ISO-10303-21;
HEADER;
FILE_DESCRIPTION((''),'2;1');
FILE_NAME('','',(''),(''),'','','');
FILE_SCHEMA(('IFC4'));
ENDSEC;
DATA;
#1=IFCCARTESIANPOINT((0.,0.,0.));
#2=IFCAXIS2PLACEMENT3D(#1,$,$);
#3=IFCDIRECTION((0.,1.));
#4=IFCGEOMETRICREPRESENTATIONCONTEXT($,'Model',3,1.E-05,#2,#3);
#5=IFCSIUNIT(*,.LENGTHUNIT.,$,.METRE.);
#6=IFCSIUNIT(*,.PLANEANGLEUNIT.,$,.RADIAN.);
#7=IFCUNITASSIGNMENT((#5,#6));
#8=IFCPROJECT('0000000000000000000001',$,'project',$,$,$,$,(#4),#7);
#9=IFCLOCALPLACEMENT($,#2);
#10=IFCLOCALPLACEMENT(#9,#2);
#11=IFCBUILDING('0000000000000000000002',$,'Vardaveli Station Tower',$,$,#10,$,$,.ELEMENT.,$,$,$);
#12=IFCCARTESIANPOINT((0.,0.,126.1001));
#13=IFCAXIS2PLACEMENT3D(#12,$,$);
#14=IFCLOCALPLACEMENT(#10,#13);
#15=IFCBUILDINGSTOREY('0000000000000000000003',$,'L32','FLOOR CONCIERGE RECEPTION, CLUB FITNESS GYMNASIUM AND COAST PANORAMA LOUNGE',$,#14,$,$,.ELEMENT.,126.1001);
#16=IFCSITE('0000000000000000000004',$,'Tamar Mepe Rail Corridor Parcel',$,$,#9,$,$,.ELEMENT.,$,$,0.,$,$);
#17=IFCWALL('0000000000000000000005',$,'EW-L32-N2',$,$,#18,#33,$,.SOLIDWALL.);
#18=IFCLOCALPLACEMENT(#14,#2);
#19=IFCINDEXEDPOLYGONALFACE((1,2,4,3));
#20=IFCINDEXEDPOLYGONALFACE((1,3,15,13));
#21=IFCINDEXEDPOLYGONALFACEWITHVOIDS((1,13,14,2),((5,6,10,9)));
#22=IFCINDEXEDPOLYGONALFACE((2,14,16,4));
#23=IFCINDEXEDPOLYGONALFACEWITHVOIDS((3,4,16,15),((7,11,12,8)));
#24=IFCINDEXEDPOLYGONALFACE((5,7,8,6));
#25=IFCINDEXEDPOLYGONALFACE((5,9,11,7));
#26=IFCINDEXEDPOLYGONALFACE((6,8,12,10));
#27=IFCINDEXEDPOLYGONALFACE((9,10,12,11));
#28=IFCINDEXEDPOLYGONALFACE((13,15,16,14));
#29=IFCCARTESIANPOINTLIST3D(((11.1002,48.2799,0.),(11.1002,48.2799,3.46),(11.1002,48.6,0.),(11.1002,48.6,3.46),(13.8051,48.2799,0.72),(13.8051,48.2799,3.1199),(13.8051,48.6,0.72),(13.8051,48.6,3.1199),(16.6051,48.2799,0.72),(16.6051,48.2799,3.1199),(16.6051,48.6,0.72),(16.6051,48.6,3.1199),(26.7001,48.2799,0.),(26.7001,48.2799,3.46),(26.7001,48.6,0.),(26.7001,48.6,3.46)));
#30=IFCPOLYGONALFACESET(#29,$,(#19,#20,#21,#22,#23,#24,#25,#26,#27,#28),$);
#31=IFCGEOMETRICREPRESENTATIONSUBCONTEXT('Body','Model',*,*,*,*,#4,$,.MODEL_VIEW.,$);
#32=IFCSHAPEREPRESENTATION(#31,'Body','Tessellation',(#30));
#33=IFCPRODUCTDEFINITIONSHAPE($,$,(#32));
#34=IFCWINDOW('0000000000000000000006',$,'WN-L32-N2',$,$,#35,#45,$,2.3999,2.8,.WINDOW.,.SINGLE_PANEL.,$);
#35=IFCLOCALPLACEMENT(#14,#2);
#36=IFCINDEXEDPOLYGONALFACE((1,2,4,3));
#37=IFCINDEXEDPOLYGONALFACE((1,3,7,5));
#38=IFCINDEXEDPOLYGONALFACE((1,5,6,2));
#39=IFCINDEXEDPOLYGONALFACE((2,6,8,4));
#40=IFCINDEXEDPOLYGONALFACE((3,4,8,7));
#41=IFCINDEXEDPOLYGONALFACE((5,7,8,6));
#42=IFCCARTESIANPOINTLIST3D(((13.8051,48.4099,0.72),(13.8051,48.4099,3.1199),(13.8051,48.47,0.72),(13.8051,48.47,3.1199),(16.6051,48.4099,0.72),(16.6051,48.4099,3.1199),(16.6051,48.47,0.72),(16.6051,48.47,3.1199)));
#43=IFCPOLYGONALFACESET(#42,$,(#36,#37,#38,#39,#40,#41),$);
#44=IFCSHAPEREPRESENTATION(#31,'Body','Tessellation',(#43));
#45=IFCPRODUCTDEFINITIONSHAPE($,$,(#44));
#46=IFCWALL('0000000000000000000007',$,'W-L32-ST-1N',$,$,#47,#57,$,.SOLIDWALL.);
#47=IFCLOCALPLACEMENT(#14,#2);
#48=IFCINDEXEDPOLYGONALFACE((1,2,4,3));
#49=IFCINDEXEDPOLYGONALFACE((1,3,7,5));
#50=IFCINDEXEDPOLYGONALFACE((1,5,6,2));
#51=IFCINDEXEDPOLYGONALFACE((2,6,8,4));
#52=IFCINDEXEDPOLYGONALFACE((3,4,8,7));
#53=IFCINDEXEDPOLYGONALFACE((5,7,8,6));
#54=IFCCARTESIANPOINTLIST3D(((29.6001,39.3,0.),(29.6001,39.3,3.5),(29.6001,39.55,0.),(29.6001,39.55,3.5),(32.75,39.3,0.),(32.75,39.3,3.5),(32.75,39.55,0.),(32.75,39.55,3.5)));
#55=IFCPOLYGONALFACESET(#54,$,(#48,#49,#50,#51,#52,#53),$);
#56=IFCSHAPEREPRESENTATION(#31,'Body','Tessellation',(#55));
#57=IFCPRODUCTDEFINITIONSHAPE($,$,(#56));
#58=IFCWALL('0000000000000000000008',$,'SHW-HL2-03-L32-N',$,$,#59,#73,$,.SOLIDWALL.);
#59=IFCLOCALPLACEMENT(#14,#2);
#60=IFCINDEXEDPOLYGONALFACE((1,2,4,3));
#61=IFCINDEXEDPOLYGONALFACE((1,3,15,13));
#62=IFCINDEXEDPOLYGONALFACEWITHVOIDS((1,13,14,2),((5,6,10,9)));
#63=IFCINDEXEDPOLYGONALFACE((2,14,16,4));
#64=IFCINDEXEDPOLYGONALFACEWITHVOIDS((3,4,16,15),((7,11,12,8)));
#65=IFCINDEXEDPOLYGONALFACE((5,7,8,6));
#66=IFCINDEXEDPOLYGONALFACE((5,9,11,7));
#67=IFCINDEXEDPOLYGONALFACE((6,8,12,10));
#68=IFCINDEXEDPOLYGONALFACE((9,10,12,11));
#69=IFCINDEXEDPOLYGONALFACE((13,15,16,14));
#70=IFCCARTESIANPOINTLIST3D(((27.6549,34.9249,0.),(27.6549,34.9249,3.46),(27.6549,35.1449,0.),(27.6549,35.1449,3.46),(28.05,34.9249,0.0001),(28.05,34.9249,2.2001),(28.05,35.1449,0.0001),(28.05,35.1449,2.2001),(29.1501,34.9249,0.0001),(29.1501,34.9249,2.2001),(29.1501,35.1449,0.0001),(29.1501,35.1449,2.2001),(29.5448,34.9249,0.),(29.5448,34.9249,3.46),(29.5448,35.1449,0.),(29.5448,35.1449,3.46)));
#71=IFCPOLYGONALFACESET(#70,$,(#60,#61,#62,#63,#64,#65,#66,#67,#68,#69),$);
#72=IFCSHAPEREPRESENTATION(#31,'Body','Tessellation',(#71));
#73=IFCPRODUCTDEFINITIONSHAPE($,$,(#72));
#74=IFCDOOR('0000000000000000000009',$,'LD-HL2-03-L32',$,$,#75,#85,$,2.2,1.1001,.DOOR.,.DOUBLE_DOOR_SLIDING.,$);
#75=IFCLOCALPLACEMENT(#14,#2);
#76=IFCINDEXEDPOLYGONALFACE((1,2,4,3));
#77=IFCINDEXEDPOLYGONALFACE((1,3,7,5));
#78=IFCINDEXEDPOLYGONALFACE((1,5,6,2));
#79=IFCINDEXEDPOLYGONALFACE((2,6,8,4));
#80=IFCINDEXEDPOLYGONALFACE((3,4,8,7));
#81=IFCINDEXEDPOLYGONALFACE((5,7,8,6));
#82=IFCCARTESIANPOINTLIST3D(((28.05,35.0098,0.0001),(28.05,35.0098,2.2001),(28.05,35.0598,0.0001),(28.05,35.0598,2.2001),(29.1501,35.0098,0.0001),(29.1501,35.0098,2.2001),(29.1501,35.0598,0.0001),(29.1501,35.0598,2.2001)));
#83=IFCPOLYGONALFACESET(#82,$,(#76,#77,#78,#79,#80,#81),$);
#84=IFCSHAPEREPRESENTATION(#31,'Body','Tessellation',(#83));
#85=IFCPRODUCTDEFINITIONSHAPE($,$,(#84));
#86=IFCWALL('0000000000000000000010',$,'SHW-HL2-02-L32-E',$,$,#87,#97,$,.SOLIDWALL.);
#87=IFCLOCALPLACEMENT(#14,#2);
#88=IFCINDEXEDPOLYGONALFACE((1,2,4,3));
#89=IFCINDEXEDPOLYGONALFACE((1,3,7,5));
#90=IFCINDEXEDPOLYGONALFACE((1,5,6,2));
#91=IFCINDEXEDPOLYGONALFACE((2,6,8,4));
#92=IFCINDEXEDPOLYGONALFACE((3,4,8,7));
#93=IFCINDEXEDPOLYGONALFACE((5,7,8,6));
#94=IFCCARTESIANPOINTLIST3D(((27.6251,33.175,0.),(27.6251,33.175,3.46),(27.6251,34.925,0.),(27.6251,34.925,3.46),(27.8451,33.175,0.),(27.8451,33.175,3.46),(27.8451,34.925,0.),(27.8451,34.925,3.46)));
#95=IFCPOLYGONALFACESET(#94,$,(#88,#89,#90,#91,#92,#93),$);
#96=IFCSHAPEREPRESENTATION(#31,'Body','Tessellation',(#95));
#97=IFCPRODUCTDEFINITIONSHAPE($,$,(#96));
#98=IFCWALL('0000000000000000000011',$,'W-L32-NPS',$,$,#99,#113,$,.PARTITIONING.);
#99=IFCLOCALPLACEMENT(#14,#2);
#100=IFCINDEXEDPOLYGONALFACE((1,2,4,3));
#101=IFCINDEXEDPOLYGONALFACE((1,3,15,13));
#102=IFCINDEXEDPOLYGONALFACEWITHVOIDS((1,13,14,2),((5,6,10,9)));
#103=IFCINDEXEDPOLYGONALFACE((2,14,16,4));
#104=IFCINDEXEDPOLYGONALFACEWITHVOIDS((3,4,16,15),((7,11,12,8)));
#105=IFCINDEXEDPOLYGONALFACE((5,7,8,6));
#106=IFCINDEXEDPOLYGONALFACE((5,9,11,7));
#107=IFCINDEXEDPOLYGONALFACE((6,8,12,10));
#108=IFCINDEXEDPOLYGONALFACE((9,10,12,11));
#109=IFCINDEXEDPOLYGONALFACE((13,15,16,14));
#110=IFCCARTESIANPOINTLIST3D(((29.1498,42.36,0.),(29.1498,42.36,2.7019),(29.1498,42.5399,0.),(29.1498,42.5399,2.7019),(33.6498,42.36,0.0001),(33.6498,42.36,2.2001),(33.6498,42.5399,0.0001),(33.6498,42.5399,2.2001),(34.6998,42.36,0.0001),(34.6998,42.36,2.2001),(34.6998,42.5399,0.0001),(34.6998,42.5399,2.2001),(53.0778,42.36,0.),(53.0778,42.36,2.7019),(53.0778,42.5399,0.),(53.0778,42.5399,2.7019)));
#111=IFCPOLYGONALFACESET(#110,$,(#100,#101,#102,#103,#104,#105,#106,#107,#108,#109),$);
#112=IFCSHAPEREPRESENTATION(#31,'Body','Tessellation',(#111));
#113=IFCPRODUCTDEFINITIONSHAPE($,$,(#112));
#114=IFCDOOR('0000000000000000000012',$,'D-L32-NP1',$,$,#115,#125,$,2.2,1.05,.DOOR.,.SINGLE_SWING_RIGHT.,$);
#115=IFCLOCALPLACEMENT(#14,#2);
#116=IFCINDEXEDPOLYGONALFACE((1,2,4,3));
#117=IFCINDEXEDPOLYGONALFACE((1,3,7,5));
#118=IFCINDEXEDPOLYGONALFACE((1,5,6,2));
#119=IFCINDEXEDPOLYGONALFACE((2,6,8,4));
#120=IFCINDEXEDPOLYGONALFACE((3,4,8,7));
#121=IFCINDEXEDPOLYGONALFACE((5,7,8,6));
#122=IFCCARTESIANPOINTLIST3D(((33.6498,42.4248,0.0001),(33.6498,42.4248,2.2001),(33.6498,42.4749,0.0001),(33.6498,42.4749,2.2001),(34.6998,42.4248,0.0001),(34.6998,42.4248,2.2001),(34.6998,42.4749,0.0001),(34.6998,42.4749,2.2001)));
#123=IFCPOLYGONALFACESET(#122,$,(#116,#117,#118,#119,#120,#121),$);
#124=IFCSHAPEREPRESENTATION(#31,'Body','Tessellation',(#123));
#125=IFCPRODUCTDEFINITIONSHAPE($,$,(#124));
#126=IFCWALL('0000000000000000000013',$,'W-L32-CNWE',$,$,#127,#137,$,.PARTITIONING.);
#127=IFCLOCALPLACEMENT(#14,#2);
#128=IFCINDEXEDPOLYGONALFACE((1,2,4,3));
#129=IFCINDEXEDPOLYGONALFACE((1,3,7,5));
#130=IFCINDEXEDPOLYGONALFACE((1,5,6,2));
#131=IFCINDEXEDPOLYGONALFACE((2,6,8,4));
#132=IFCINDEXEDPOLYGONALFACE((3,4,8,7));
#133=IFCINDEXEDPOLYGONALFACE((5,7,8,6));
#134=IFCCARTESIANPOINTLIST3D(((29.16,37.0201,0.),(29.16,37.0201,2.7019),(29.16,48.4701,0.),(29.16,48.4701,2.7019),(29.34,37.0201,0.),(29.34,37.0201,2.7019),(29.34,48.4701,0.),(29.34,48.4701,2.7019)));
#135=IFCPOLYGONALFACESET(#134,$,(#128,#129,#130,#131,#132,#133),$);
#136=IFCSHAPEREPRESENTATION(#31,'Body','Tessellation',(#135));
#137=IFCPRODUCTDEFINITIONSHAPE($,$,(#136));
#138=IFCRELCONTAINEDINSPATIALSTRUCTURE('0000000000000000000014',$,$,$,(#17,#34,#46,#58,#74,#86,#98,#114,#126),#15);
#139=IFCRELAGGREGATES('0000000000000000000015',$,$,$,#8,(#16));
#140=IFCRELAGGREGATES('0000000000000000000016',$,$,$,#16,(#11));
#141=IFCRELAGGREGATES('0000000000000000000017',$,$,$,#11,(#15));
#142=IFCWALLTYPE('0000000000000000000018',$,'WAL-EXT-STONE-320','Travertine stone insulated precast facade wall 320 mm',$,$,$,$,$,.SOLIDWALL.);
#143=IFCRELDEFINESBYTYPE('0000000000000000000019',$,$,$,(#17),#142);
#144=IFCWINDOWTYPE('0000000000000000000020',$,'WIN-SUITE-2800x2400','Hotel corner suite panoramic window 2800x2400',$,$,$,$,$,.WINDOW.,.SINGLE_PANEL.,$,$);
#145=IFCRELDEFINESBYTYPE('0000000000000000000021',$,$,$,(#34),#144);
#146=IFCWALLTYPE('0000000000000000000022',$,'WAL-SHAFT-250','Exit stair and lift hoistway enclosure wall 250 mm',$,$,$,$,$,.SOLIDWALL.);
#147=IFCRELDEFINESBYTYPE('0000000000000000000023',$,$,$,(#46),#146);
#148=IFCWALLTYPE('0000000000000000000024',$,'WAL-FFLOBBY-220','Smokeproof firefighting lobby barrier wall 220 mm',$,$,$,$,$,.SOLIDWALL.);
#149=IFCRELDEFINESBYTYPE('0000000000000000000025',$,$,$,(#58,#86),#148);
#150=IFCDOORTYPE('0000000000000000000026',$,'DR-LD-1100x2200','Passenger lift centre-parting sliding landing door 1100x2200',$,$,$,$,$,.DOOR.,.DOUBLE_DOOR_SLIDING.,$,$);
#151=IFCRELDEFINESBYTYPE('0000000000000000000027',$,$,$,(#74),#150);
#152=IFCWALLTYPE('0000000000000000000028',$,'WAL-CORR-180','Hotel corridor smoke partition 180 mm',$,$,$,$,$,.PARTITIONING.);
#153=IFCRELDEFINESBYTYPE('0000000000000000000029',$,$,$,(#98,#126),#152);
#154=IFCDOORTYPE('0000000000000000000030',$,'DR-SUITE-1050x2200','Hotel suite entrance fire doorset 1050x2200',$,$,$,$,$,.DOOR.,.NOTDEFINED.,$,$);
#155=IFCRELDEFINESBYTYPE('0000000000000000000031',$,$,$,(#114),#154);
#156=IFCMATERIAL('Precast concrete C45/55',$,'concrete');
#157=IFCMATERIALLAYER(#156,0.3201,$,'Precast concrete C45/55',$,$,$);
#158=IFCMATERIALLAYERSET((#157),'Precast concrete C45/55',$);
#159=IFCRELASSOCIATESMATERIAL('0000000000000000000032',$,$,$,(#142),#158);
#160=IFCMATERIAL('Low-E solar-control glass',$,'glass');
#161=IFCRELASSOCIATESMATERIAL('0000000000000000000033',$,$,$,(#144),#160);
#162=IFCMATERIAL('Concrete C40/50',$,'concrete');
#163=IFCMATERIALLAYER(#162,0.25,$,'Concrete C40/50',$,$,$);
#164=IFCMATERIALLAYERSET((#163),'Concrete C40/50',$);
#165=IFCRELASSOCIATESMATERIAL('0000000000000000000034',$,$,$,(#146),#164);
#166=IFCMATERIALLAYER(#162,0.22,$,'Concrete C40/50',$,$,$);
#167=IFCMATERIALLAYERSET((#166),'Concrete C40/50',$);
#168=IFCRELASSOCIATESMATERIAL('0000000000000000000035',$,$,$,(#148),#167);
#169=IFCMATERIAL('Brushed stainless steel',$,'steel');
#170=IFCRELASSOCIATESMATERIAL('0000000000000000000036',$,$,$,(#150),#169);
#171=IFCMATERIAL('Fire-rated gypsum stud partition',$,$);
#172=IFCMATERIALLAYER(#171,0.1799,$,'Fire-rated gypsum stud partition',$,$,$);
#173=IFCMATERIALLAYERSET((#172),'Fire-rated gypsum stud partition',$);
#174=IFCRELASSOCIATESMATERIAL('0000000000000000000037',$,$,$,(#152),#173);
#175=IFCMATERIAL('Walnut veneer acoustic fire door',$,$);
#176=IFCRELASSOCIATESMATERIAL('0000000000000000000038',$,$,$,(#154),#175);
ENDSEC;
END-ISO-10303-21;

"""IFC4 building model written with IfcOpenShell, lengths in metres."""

from ifc_helpers import new_model, si_unit, direction, frame, frame_2d, origin, place, context, subcontext, project, spatial, rectangle, extrude, source, transform, mapped, material, layer, layer_set, type_object, element, fill, save


model = new_model("IFC4")

# Units and contexts
model_context = context("Model", 3, precision=1e-05, world=origin(), true_north=direction((0.0, 1.0)))
body_context = subcontext(model_context, "Body", "Model", "MODEL_VIEW")
ifc_project = project(units=[si_unit("LENGTHUNIT", "METRE"), si_unit("PLANEANGLEUNIT", "RADIAN")], contexts=[model_context])

# Site, building, storey
site_placement = place(None, origin())
site = spatial("IfcSite", under=ifc_project, at=site_placement, Name="Tamar Mepe Rail Corridor Parcel", CompositionType="ELEMENT", RefElevation=0.0)
building_placement = place(site_placement, origin())
building = spatial("IfcBuilding", under=site, at=building_placement, Name="Vardaveli Station Tower", CompositionType="ELEMENT")
storey_placement = place(building_placement, frame((0.0, 0.0, 126.1001)))
storey = spatial("IfcBuildingStorey", under=building, at=storey_placement, Name="L32", Description="FLOOR CONCIERGE RECEPTION, CLUB FITNESS GYMNASIUM AND COAST PANORAMA LOUNGE", CompositionType="ELEMENT", Elevation=126.1001)

# Shared definitions
ifc_material_1 = material(Name="Precast concrete C45/55", Category="concrete")

# Wall, opening, window
ifc_layer_1 = layer(ifc_material_1, 0.3201, Name="Precast concrete C45/55")
ifc_layer_set_1 = layer_set([ifc_layer_1], Name="Precast concrete C45/55")
wall_type_1 = type_object("IfcWallType", Name="WAL-EXT-STONE-320", Description="Travertine stone insulated precast facade wall 320 mm", PredefinedType="SOLIDWALL", material=ifc_layer_set_1)
shared_shape_1 = source(origin(), body_context, "Body", "SweptSolid", [
    extrude(rectangle(XDim=15.5999, YDim=0.3201, at=frame_2d((7.7998, 0.0))), origin(), (0.0, 0.0, 1.0), 3.46),
])
wall_1_placement = place(storey_placement, frame((26.7, 48.4399, 0.0), z_axis=(0.0, 0.0, 1.0), x_axis=(-1.0, 0.0, 0.0)))
wall_1 = element("IfcWall", 1, at=wall_1_placement, inside=storey, type_object=wall_type_1, Name="EW-L32-N2", PredefinedType="SOLIDWALL", context=body_context, shape_type="MappedRepresentation", body=[
    mapped(shared_shape_1, transform((0.0, 0.0, 0.0), scale=1.0)),
])
shared_shape_2 = source(origin(), body_context, "Body", "SweptSolid", [
    extrude(rectangle(XDim=2.8, YDim=2.3999, at=frame_2d((1.3999, 1.2))), frame((0.0, 0.1699, 0.0), z_axis=(0.0, -1.0, 0.0), x_axis=(1.0, 0.0, 0.0)), (0.0, 0.0, 1.0), 0.3401),
])
opening_1_placement = place(wall_1_placement, frame((10.095, 0.0, 0.72)))
opening_1 = element("IfcOpeningElement", 2, at=opening_1_placement, cuts=wall_1, PredefinedType="OPENING", context=body_context, shape_type="MappedRepresentation", body=[
    mapped(shared_shape_2, transform((0.0, 0.0, 0.0), scale=1.0)),
])
ifc_material_2 = material(Name="Low-E solar-control glass", Category="glass")
window_type = type_object("IfcWindowType", Name="WIN-SUITE-2800x2400", Description="Hotel corner suite panoramic window 2800x2400", PartitioningType="SINGLE_PANEL", PredefinedType="WINDOW", material=ifc_material_2)
shared_shape_3 = source(origin(), body_context, "Body", "SweptSolid", [
    extrude(rectangle(XDim=2.8, YDim=2.3999, at=frame_2d((1.3999, 1.2))), frame((0.0, 0.03, 0.0), z_axis=(0.0, -1.0, 0.0), x_axis=(1.0, 0.0, 0.0)), (0.0, 0.0, 1.0), 0.0601),
])
window_placement = place(opening_1_placement, origin())
window = element("IfcWindow", 3, at=window_placement, inside=storey, type_object=window_type, Name="WN-L32-N2", OverallHeight=2.3999, OverallWidth=2.8, PartitioningType="SINGLE_PANEL", PredefinedType="WINDOW", context=body_context, shape_type="MappedRepresentation", body=[
    mapped(shared_shape_3, transform((0.0, 0.0, 0.0), scale=1.0)),
])
fill(opening_1, window)

# Wall
ifc_material_3 = material(Name="Concrete C40/50", Category="concrete")
ifc_layer_2 = layer(ifc_material_3, 0.25, Name="Concrete C40/50")
ifc_layer_set_2 = layer_set([ifc_layer_2], Name="Concrete C40/50")
wall_type_2 = type_object("IfcWallType", Name="WAL-SHAFT-250", Description="Exit stair and lift hoistway enclosure wall 250 mm", PredefinedType="SOLIDWALL", material=ifc_layer_set_2)
shared_shape_4 = source(origin(), body_context, "Body", "SweptSolid", [
    extrude(rectangle(XDim=3.1499, YDim=0.25, at=frame_2d((1.575, 0.0))), origin(), (0.0, 0.0, 1.0), 3.5),
])
wall_2_placement = place(storey_placement, frame((29.6001, 39.425, 0.0), z_axis=(0.0, 0.0, 1.0), x_axis=(1.0, 0.0, 0.0)))
element("IfcWall", 4, at=wall_2_placement, inside=storey, type_object=wall_type_2, Name="W-L32-ST-1N", PredefinedType="SOLIDWALL", context=body_context, shape_type="MappedRepresentation", body=[
    mapped(shared_shape_4, transform((0.0, 0.0, 0.0), scale=1.0)),
])

# Wall, opening, door
ifc_layer_3 = layer(ifc_material_3, 0.22, Name="Concrete C40/50")
ifc_layer_set_3 = layer_set([ifc_layer_3], Name="Concrete C40/50")
wall_type_3 = type_object("IfcWallType", Name="WAL-FFLOBBY-220", Description="Smokeproof firefighting lobby barrier wall 220 mm", PredefinedType="SOLIDWALL", material=ifc_layer_set_3)
shared_shape_5 = source(origin(), body_context, "Body", "SweptSolid", [
    extrude(rectangle(XDim=1.8899, YDim=0.22, at=frame_2d((0.9448, 0.0))), origin(), (0.0, 0.0, 1.0), 3.46),
])
wall_3_placement = place(storey_placement, frame((27.655, 35.0349, 0.0), z_axis=(0.0, 0.0, 1.0), x_axis=(1.0, 0.0, 0.0)))
wall_3 = element("IfcWall", 5, at=wall_3_placement, inside=storey, type_object=wall_type_3, Name="SHW-HL2-03-L32-N", PredefinedType="SOLIDWALL", context=body_context, shape_type="MappedRepresentation", body=[
    mapped(shared_shape_5, transform((0.0, 0.0, 0.0), scale=1.0)),
])
shared_shape_6 = source(origin(), body_context, "Body", "SweptSolid", [
    extrude(rectangle(XDim=1.1001, YDim=2.2, at=frame_2d((0.55, 1.1001))), frame((0.0, 0.1201, 0.0), z_axis=(0.0, -1.0, 0.0), x_axis=(1.0, 0.0, 0.0)), (0.0, 0.0, 1.0), 0.24),
])
opening_2_placement = place(wall_3_placement, frame((0.395, 0.0, 0.0)))
opening_2 = element("IfcOpeningElement", 6, at=opening_2_placement, cuts=wall_3, PredefinedType="OPENING", context=body_context, shape_type="MappedRepresentation", body=[
    mapped(shared_shape_6, transform((0.0, 0.0, 0.0), scale=1.0)),
])
ifc_material_4 = material(Name="Brushed stainless steel", Category="steel")
door_type_1 = type_object("IfcDoorType", Name="DR-LD-1100x2200", Description="Passenger lift centre-parting sliding landing door 1100x2200", OperationType="DOUBLE_DOOR_SLIDING", PredefinedType="DOOR", material=ifc_material_4)
shared_shape_7 = source(origin(), body_context, "Body", "SweptSolid", [
    extrude(rectangle(XDim=1.1001, YDim=2.2, at=frame_2d((0.55, 1.1001))), frame((0.0, 0.0249, 0.0), z_axis=(0.0, -1.0, 0.0), x_axis=(1.0, 0.0, 0.0)), (0.0, 0.0, 1.0), 0.05),
])
door_1_placement = place(opening_2_placement, origin())
door_1 = element("IfcDoor", 7, at=door_1_placement, inside=storey, type_object=door_type_1, Name="LD-HL2-03-L32", OperationType="DOUBLE_DOOR_SLIDING", OverallHeight=2.2, OverallWidth=1.1001, PredefinedType="DOOR", context=body_context, shape_type="MappedRepresentation", body=[
    mapped(shared_shape_7, transform((0.0, 0.0, 0.0), scale=1.0)),
])
fill(opening_2, door_1)

# Wall
shared_shape_8 = source(origin(), body_context, "Body", "SweptSolid", [
    extrude(rectangle(XDim=1.75, YDim=0.22, at=frame_2d((0.875, 0.0))), origin(), (0.0, 0.0, 1.0), 3.46),
])
wall_4_placement = place(storey_placement, frame((27.7351, 33.175, 0.0), z_axis=(0.0, 0.0, 1.0), x_axis=(0.0, 1.0, 0.0)))
element("IfcWall", 8, at=wall_4_placement, inside=storey, type_object=wall_type_3, Name="SHW-HL2-02-L32-E", PredefinedType="SOLIDWALL", context=body_context, shape_type="MappedRepresentation", body=[
    mapped(shared_shape_8, transform((0.0, 0.0, 0.0), scale=1.0)),
])

# Wall, opening, door
ifc_material_5 = material(Name="Fire-rated gypsum stud partition")
ifc_layer_4 = layer(ifc_material_5, 0.1799, Name="Fire-rated gypsum stud partition")
ifc_layer_set_4 = layer_set([ifc_layer_4], Name="Fire-rated gypsum stud partition")
wall_type_4 = type_object("IfcWallType", Name="WAL-CORR-180", Description="Hotel corridor smoke partition 180 mm", PredefinedType="PARTITIONING", material=ifc_layer_set_4)
shared_shape_9 = source(origin(), body_context, "Body", "SweptSolid", [
    extrude(rectangle(XDim=23.928, YDim=0.1799, at=frame_2d((11.9639, 0.0))), origin(), (0.0, 0.0, 1.0), 2.7019),
])
wall_5_placement = place(storey_placement, frame((29.1499, 42.45, 0.0), z_axis=(0.0, 0.0, 1.0), x_axis=(1.0, 0.0, 0.0)))
wall_5 = element("IfcWall", 9, at=wall_5_placement, inside=storey, type_object=wall_type_4, Name="W-L32-NPS", PredefinedType="PARTITIONING", context=body_context, shape_type="MappedRepresentation", body=[
    mapped(shared_shape_9, transform((0.0, 0.0, 0.0), scale=1.0)),
])
shared_shape_10 = source(origin(), body_context, "Body", "SweptSolid", [
    extrude(rectangle(XDim=1.05, YDim=2.2, at=frame_2d((0.5249, 1.1001))), frame((0.0, 0.1001, 0.0), z_axis=(0.0, -1.0, 0.0), x_axis=(1.0, 0.0, 0.0)), (0.0, 0.0, 1.0), 0.2),
])
opening_3_placement = place(wall_5_placement, frame((4.5, 0.0, 0.0)))
opening_3 = element("IfcOpeningElement", 10, at=opening_3_placement, cuts=wall_5, PredefinedType="OPENING", context=body_context, shape_type="MappedRepresentation", body=[
    mapped(shared_shape_10, transform((0.0, 0.0, 0.0), scale=1.0)),
])
ifc_material_6 = material(Name="Walnut veneer acoustic fire door")
door_type_2 = type_object("IfcDoorType", Name="DR-SUITE-1050x2200", Description="Hotel suite entrance fire doorset 1050x2200", OperationType="NOTDEFINED", PredefinedType="DOOR", material=ifc_material_6)
shared_shape_11 = source(origin(), body_context, "Body", "SweptSolid", [
    extrude(rectangle(XDim=1.05, YDim=2.2, at=frame_2d((0.5249, 1.1001))), frame((0.0, 0.0249, 0.0), z_axis=(0.0, -1.0, 0.0), x_axis=(1.0, 0.0, 0.0)), (0.0, 0.0, 1.0), 0.05),
])
door_2_placement = place(opening_3_placement, origin())
door_2 = element("IfcDoor", 11, at=door_2_placement, inside=storey, type_object=door_type_2, Name="D-L32-NP1", OperationType="SINGLE_SWING_RIGHT", OverallHeight=2.2, OverallWidth=1.05, PredefinedType="DOOR", context=body_context, shape_type="MappedRepresentation", body=[
    mapped(shared_shape_11, transform((0.0, 0.0, 0.0), scale=1.0)),
])
fill(opening_3, door_2)

# Wall
shared_shape_12 = source(origin(), body_context, "Body", "SweptSolid", [
    extrude(rectangle(XDim=11.45, YDim=0.1799, at=frame_2d((5.7251, 0.0))), origin(), (0.0, 0.0, 1.0), 2.7019),
])
wall_6_placement = place(storey_placement, frame((29.25, 37.02, 0.0), z_axis=(0.0, 0.0, 1.0), x_axis=(0.0, 1.0, 0.0)))
element("IfcWall", 12, at=wall_6_placement, inside=storey, type_object=wall_type_4, Name="W-L32-CNWE", PredefinedType="PARTITIONING", context=body_context, shape_type="MappedRepresentation", body=[
    mapped(shared_shape_12, transform((0.0, 0.0, 0.0), scale=1.0)),
])

save(model, "model.ifc")
